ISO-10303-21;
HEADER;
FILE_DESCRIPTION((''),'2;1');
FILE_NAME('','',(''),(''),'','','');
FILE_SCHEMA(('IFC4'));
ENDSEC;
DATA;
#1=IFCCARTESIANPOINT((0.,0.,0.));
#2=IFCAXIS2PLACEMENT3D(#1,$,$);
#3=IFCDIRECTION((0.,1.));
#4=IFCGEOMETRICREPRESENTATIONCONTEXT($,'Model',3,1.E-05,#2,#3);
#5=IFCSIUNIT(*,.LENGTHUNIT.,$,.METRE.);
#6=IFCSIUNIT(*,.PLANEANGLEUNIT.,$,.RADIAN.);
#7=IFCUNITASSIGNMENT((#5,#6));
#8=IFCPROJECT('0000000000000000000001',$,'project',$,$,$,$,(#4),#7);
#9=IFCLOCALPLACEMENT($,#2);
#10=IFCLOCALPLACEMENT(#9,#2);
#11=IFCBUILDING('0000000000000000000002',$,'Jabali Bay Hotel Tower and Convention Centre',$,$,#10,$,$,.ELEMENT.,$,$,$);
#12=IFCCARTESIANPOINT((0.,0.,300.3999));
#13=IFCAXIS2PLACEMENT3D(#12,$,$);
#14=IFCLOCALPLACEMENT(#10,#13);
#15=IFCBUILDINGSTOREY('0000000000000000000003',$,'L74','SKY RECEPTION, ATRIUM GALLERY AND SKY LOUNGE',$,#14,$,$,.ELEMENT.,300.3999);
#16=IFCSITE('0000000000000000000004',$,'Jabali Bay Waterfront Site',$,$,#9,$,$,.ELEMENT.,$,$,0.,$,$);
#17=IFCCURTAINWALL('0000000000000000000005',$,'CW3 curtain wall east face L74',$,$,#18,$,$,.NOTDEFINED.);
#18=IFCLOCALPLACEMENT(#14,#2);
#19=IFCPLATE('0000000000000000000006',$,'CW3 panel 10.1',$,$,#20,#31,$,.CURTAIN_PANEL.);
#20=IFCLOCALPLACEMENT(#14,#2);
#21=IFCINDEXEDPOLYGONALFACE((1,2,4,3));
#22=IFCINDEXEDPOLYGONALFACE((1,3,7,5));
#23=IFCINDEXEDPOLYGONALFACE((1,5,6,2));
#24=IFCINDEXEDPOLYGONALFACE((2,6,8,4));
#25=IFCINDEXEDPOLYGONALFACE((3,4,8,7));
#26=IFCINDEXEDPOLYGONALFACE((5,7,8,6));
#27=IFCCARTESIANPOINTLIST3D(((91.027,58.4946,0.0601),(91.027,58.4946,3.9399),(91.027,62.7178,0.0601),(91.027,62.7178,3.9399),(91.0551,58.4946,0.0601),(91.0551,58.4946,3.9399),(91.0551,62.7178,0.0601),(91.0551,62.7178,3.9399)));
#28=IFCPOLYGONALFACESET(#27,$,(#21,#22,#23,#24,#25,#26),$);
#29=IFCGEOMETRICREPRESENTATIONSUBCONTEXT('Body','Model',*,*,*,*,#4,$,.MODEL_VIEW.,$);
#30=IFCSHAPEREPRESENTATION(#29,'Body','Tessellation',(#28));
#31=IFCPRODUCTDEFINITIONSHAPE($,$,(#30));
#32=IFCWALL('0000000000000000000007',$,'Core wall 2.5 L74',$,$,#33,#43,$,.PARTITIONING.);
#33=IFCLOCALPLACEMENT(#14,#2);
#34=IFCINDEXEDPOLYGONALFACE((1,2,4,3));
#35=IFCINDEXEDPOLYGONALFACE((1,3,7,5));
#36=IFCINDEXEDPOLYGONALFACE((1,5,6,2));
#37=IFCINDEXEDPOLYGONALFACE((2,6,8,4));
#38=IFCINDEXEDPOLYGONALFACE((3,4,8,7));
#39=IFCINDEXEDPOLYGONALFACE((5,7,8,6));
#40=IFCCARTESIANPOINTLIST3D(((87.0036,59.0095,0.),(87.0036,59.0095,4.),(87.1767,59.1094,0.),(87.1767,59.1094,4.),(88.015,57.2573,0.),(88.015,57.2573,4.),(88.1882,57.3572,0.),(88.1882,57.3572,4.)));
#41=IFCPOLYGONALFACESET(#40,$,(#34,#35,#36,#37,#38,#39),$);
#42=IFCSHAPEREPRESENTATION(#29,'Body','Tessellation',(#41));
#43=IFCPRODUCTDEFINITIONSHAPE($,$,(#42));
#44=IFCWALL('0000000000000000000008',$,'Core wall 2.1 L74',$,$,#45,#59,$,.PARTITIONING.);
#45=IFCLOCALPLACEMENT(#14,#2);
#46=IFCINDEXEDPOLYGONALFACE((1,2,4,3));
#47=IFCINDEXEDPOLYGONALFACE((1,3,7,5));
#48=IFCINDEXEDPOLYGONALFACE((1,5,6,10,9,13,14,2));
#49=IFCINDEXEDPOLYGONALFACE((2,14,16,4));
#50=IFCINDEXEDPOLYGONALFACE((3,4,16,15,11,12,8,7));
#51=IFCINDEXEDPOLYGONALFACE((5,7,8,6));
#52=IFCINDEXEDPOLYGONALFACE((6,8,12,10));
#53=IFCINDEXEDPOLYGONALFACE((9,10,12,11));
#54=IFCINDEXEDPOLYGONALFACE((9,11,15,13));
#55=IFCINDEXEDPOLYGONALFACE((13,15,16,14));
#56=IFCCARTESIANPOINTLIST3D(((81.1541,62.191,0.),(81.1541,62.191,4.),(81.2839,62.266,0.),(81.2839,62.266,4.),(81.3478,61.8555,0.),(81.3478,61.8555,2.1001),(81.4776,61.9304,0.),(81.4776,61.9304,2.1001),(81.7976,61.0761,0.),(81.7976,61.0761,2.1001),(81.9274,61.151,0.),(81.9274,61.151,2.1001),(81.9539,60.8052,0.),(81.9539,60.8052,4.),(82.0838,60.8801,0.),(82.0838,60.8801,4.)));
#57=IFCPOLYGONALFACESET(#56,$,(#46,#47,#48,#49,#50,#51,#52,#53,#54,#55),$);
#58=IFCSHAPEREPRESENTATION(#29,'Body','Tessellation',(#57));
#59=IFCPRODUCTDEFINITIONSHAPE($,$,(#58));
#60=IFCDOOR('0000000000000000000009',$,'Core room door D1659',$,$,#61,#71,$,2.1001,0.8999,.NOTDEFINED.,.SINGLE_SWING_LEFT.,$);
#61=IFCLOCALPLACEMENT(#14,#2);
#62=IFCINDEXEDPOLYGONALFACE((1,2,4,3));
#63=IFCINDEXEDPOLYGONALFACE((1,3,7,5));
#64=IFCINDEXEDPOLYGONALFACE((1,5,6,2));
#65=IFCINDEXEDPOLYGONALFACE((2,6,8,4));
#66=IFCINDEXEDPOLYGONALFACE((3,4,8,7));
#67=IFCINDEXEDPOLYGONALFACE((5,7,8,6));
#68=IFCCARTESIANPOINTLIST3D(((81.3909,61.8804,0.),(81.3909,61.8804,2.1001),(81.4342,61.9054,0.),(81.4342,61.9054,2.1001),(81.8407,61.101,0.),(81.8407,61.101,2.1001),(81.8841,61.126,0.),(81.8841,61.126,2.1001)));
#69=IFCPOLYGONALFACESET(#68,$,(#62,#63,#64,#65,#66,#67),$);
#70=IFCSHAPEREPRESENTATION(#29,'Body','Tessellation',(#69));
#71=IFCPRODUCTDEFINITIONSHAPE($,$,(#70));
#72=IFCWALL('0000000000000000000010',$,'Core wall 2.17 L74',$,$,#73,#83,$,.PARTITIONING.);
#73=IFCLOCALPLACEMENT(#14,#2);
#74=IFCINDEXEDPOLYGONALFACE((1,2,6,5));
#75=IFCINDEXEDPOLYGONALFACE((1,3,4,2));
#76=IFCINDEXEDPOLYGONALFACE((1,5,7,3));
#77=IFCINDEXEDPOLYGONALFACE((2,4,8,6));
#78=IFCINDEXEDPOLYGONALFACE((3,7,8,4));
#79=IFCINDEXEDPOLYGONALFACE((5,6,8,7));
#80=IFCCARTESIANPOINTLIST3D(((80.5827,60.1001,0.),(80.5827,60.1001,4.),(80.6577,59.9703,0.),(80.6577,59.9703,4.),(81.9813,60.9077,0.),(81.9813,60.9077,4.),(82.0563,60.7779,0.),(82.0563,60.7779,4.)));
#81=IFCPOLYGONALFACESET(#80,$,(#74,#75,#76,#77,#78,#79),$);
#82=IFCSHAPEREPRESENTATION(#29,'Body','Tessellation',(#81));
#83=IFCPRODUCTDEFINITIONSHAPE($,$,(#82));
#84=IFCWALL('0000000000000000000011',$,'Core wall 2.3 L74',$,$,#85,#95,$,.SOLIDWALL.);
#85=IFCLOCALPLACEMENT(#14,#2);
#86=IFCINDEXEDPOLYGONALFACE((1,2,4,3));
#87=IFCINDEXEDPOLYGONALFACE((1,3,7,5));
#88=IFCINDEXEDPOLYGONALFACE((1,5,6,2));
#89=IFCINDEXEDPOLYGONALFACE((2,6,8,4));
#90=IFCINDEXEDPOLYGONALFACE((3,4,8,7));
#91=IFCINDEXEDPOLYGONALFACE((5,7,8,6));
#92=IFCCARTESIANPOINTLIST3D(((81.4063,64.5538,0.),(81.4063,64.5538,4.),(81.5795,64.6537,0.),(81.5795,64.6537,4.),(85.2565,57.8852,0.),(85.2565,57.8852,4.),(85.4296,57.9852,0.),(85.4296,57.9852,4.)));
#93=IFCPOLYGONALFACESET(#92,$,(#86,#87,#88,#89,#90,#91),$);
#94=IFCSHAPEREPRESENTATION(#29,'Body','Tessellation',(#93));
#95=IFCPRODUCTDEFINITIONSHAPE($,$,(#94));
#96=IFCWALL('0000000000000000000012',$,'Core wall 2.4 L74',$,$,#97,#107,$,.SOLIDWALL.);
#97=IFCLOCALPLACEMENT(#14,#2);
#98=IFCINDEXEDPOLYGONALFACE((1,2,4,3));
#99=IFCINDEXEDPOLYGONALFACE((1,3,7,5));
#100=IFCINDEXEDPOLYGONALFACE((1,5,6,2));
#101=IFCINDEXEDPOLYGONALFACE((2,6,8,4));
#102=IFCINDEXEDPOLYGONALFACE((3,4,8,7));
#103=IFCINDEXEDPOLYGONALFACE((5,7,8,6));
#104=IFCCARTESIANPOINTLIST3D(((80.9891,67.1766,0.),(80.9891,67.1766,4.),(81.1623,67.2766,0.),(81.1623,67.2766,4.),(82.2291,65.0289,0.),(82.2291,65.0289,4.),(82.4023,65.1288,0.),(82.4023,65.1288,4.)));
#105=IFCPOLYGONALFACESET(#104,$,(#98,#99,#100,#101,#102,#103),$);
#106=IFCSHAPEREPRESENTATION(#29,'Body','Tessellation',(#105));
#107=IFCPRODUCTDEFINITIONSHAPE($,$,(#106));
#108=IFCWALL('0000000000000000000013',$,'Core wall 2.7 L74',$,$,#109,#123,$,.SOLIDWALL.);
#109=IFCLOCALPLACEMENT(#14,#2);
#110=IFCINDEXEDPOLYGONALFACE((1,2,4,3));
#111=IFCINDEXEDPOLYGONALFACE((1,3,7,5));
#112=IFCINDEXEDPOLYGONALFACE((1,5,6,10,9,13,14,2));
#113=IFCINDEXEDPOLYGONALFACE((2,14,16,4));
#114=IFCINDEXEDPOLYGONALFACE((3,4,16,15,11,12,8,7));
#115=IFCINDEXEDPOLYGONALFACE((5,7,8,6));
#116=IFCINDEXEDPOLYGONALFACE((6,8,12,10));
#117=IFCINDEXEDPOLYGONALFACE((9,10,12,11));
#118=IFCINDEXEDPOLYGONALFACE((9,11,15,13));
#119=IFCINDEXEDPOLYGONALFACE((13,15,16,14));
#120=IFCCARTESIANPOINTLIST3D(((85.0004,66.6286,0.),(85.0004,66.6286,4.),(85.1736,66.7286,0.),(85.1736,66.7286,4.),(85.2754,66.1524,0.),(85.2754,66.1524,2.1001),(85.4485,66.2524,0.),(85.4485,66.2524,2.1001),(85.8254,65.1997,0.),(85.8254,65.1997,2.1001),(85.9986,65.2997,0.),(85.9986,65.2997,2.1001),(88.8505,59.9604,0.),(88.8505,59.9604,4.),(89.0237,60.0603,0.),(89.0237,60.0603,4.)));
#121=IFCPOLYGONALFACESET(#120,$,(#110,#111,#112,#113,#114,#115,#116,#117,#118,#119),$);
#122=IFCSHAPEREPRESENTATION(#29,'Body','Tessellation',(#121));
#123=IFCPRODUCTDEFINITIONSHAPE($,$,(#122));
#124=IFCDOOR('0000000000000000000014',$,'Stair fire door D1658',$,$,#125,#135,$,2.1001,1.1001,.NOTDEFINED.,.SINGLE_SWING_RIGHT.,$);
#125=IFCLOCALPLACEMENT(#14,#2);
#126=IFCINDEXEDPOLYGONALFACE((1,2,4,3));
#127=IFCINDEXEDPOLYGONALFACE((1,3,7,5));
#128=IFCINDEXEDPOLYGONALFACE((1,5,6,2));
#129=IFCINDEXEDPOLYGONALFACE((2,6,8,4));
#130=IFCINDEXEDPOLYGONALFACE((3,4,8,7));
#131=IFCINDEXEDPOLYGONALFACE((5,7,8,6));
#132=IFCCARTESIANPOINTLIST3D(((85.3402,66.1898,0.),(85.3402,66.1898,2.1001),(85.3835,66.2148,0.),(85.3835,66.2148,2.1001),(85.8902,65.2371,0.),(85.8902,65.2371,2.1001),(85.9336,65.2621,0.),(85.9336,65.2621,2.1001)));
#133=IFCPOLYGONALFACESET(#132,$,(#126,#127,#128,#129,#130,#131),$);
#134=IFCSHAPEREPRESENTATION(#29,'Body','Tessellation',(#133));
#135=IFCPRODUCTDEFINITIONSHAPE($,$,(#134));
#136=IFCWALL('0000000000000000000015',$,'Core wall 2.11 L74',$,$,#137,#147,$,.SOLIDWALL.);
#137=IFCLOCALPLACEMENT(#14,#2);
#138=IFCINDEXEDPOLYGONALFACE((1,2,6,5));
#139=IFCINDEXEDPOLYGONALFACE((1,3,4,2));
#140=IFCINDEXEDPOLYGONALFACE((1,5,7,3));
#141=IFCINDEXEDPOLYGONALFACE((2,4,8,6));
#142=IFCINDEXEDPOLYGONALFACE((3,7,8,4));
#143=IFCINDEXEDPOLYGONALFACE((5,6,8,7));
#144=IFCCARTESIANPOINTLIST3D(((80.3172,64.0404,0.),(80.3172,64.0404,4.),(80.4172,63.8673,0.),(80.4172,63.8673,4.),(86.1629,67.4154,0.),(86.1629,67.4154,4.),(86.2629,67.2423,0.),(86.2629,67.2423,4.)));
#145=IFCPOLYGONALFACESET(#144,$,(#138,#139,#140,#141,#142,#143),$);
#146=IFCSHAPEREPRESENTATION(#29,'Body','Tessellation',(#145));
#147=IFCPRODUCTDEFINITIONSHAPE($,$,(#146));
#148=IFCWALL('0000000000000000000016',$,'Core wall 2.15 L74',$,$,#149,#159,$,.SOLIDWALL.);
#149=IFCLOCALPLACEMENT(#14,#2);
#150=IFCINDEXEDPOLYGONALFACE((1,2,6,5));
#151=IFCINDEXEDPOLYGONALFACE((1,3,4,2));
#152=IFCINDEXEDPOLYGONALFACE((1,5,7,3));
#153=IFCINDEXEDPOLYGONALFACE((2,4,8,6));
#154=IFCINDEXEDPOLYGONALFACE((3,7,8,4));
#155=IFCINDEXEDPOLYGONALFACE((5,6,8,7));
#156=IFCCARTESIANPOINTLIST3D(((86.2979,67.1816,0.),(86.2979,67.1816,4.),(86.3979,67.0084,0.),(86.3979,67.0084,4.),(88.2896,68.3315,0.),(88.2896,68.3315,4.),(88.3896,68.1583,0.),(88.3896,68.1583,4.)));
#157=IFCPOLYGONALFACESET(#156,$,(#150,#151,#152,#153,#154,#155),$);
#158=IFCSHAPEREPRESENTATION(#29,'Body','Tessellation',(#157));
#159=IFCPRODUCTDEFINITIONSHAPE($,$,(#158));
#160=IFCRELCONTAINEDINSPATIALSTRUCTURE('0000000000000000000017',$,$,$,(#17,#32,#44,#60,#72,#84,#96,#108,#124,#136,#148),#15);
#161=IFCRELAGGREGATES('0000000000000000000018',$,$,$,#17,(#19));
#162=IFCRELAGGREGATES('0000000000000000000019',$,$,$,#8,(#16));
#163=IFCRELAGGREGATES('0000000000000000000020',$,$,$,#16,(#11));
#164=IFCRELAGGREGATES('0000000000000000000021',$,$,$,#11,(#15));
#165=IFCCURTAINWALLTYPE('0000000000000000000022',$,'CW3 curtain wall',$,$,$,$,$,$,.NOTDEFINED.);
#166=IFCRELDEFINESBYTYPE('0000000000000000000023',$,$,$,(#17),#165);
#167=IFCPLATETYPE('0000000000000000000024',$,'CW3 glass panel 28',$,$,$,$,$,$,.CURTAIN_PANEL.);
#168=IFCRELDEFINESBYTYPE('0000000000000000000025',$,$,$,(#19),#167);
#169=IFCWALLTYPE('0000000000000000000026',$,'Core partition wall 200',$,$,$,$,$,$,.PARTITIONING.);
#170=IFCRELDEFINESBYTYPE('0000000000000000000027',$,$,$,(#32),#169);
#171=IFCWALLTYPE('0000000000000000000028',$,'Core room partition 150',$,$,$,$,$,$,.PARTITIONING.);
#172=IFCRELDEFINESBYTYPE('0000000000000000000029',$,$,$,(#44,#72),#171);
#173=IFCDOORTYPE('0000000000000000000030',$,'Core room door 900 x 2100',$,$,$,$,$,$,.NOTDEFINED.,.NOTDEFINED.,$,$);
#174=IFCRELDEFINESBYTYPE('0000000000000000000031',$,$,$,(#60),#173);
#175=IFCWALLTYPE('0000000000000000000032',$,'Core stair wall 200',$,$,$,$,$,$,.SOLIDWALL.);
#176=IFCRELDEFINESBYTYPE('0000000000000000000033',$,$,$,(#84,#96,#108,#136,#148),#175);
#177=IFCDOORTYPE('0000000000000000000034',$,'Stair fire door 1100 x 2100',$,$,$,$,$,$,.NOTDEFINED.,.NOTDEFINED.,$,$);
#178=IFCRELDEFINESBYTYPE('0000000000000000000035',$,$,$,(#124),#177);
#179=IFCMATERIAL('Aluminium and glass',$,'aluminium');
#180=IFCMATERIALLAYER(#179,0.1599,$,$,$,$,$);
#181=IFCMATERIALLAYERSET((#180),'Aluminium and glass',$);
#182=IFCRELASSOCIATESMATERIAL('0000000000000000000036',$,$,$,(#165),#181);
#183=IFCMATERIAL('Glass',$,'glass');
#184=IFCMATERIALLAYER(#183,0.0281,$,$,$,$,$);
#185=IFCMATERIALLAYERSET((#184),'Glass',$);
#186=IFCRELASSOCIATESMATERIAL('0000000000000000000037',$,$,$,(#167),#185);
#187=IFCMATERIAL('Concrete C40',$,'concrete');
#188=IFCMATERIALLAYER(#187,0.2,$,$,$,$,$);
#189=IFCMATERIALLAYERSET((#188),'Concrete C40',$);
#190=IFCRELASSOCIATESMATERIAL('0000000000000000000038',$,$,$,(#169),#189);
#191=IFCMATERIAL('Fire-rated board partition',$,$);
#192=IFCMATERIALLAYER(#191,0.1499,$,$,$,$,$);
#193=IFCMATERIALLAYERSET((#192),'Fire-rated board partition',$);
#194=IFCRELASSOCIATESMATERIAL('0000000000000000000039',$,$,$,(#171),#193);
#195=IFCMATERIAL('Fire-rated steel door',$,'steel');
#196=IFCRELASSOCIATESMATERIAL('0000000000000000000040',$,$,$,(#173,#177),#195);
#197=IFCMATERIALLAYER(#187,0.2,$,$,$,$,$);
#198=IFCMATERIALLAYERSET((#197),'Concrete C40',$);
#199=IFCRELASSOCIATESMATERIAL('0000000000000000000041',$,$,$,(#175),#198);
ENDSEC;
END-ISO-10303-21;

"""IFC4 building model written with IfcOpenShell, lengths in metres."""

from ifc_helpers import new_model, si_unit, direction, frame, frame_2d, origin, origin_2d, place, context, subcontext, project, spatial, rectangle, extrude, material, layer, layer_set, type_object, element, fill, aggregate, save


model = new_model("IFC4")

# Units and contexts
model_context = context("Model", 3, precision=1e-05, world=origin(), true_north=direction((0.0, 1.0)))
body_context = subcontext(model_context, "Body", "Model", "MODEL_VIEW")
ifc_project = project(units=[si_unit("LENGTHUNIT", "METRE"), si_unit("PLANEANGLEUNIT", "RADIAN")], contexts=[model_context])

# Site, building, storey
site_placement = place(None, origin())
site = spatial("IfcSite", under=ifc_project, at=site_placement, Name="Jabali Bay Waterfront Site", CompositionType="ELEMENT", RefElevation=0.0)
building_placement = place(site_placement, origin())
building = spatial("IfcBuilding", under=site, at=building_placement, Name="Jabali Bay Hotel Tower and Convention Centre", CompositionType="ELEMENT")
storey_placement = place(building_placement, frame((0.0, 0.0, 300.3999)))
storey = spatial("IfcBuildingStorey", under=building, at=storey_placement, Name="L74", Description="SKY RECEPTION, ATRIUM GALLERY AND SKY LOUNGE", CompositionType="ELEMENT", Elevation=300.3999)

# Curtain wall, plate
ifc_material_1 = material(Name="Aluminium and glass", Category="aluminium")
ifc_layer_1 = layer(ifc_material_1, 0.1599)
ifc_layer_set_1 = layer_set([ifc_layer_1], Name="Aluminium and glass")
curtain_wall_type = type_object("IfcCurtainWallType", Name="CW3 curtain wall", PredefinedType="NOTDEFINED", material=ifc_layer_set_1)
curtain_wall_placement = place(storey_placement, origin())
curtain_wall = element("IfcCurtainWall", 1, at=curtain_wall_placement, inside=storey, type_object=curtain_wall_type, Name="CW3 curtain wall east face L74", PredefinedType="NOTDEFINED")
ifc_material_2 = material(Name="Glass", Category="glass")
ifc_layer_2 = layer(ifc_material_2, 0.0281)
ifc_layer_set_2 = layer_set([ifc_layer_2], Name="Glass")
plate_type = type_object("IfcPlateType", Name="CW3 glass panel 28", PredefinedType="CURTAIN_PANEL", material=ifc_layer_set_2)
plate_1_placement = place(storey_placement, frame((91.041, 60.6062, 0.0601), z_axis=(0.0, 0.0, 1.0), x_axis=(0.0, -1.0, 0.0)))
plate_1 = element("IfcPlate", 2, at=plate_1_placement, type_object=plate_type, Name="CW3 panel 10.1", PredefinedType="CURTAIN_PANEL", context=body_context, shape_type="SweptSolid", body=[
    extrude(rectangle(XDim=4.2231, YDim=0.0281, at=origin_2d()), origin(), (0.0, 0.0, 1.0), 3.8799),
])
aggregate(curtain_wall, [plate_1])

# Wall
ifc_material_3 = material(Name="Concrete C40", Category="concrete")
ifc_layer_3 = layer(ifc_material_3, 0.2)
ifc_layer_set_3 = layer_set([ifc_layer_3], Name="Concrete C40")
wall_type_1 = type_object("IfcWallType", Name="Core partition wall 200", PredefinedType="PARTITIONING", material=ifc_layer_set_3)
wall_1_placement = place(storey_placement, frame((87.0901, 59.0596, 0.0), z_axis=(0.0, 0.0, 1.0), x_axis=(0.499942, -0.866059, 0.0)))
element("IfcWall", 3, at=wall_1_placement, inside=storey, type_object=wall_type_1, Name="Core wall 2.5 L74", PredefinedType="PARTITIONING", context=body_context, shape_type="SweptSolid", body=[
    extrude(rectangle(XDim=2.0232, YDim=0.2, at=frame_2d((1.0117, 0.0))), origin(), (0.0, 0.0, 1.0), 4.0),
])

# Wall, opening, door
ifc_material_4 = material(Name="Fire-rated board partition")
ifc_layer_4 = layer(ifc_material_4, 0.1499)
ifc_layer_set_4 = layer_set([ifc_layer_4], Name="Fire-rated board partition")
wall_type_2 = type_object("IfcWallType", Name="Core room partition 150", PredefinedType="PARTITIONING", material=ifc_layer_set_4)
wall_2_placement = place(storey_placement, frame((81.219, 62.2285, 0.0), z_axis=(0.0, 0.0, 1.0), x_axis=(0.499881, -0.866094, 0.0)))
wall_2 = element("IfcWall", 4, at=wall_2_placement, inside=storey, type_object=wall_type_2, Name="Core wall 2.1 L74", PredefinedType="PARTITIONING", context=body_context, shape_type="SweptSolid", body=[
    extrude(rectangle(XDim=1.6001, YDim=0.1499, at=frame_2d((0.8, 0.0))), origin(), (0.0, 0.0, 1.0), 4.0),
])
opening_1_placement = place(wall_2_placement, frame((0.3875, 0.0, 0.0)))
opening_1 = element("IfcOpeningElement", 5, at=opening_1_placement, cuts=wall_2, PredefinedType="OPENING", context=body_context, shape_type="SweptSolid", body=[
    extrude(rectangle(XDim=0.8999, YDim=2.1001, at=frame_2d((0.45, 1.05))), frame((0.0, 0.0854, 0.0), z_axis=(0.0, -1.0, 0.0), x_axis=(1.0, 0.0, 0.0)), (0.0, 0.0, 1.0), 0.1709),
])
ifc_material_5 = material(Name="Fire-rated steel door", Category="steel")
door_type_1 = type_object("IfcDoorType", Name="Core room door 900 x 2100", OperationType="NOTDEFINED", PredefinedType="NOTDEFINED", material=ifc_material_5)
door_1_placement = place(opening_1_placement, origin())
door_1 = element("IfcDoor", 6, at=door_1_placement, inside=storey, type_object=door_type_1, Name="Core room door D1659", OperationType="SINGLE_SWING_LEFT", OverallHeight=2.1001, OverallWidth=0.8999, PredefinedType="NOTDEFINED", context=body_context, shape_type="SweptSolid", body=[
    extrude(rectangle(XDim=0.8999, YDim=2.1001, at=frame_2d((0.45, 1.05))), frame((0.0, 0.0249, 0.0), z_axis=(0.0, -1.0, 0.0), x_axis=(1.0, 0.0, 0.0)), (0.0, 0.0, 1.0), 0.05),
])
fill(opening_1, door_1)

# Walls
wall_3_placement = place(storey_placement, frame((80.6201, 60.0352, 0.0), z_axis=(0.0, 0.0, 1.0), x_axis=(0.866002, 0.500041, 0.0)))
element("IfcWall", 7, at=wall_3_placement, inside=storey, type_object=wall_type_2, Name="Core wall 2.17 L74", PredefinedType="PARTITIONING", context=body_context, shape_type="SweptSolid", body=[
    extrude(rectangle(XDim=1.615, YDim=0.1499, at=frame_2d((0.8076, 0.0))), origin(), (0.0, 0.0, 1.0), 4.0),
])
ifc_layer_5 = layer(ifc_material_3, 0.2)
ifc_layer_set_5 = layer_set([ifc_layer_5], Name="Concrete C40")
wall_type_3 = type_object("IfcWallType", Name="Core stair wall 200", PredefinedType="SOLIDWALL", material=ifc_layer_set_5)
wall_4_placement = place(storey_placement, frame((81.4929, 64.6038, 0.0), z_axis=(0.0, 0.0, 1.0), x_axis=(0.500006, -0.866022, 0.0)))
element("IfcWall", 8, at=wall_4_placement, inside=storey, type_object=wall_type_3, Name="Core wall 2.3 L74", PredefinedType="SOLIDWALL", context=body_context, shape_type="SweptSolid", body=[
    extrude(rectangle(XDim=7.7002, YDim=0.2, at=frame_2d((3.8501, 0.0))), origin(), (0.0, 0.0, 1.0), 4.0),
])
wall_5_placement = place(storey_placement, frame((81.0757, 67.2266, 0.0), z_axis=(0.0, 0.0, 1.0), x_axis=(0.500004, -0.866023, 0.0)))
element("IfcWall", 9, at=wall_5_placement, inside=storey, type_object=wall_type_3, Name="Core wall 2.4 L74", PredefinedType="SOLIDWALL", context=body_context, shape_type="SweptSolid", body=[
    extrude(rectangle(XDim=2.48, YDim=0.2, at=frame_2d((1.24, 0.0))), origin(), (0.0, 0.0, 1.0), 4.0),
])

# Wall, opening, door
wall_6_placement = place(storey_placement, frame((85.0869, 66.6787, 0.0), z_axis=(0.0, 0.0, 1.0), x_axis=(0.50002, -0.866014, 0.0)))
wall_6 = element("IfcWall", 10, at=wall_6_placement, inside=storey, type_object=wall_type_3, Name="Core wall 2.7 L74", PredefinedType="SOLIDWALL", context=body_context, shape_type="SweptSolid", body=[
    extrude(rectangle(XDim=7.7, YDim=0.2, at=frame_2d((3.8501, 0.0))), origin(), (0.0, 0.0, 1.0), 4.0),
])
opening_2_placement = place(wall_6_placement, frame((0.55, 0.0, 0.0)))
opening_2 = element("IfcOpeningElement", 11, at=opening_2_placement, cuts=wall_6, PredefinedType="OPENING", context=body_context, shape_type="SweptSolid", body=[
    extrude(rectangle(XDim=1.1001, YDim=2.1001, at=frame_2d((0.55, 1.05))), frame((0.0, 0.1104, 0.0), z_axis=(0.0, -1.0, 0.0), x_axis=(1.0, 0.0, 0.0)), (0.0, 0.0, 1.0), 0.2209),
])
door_type_2 = type_object("IfcDoorType", Name="Stair fire door 1100 x 2100", OperationType="NOTDEFINED", PredefinedType="NOTDEFINED", material=ifc_material_5)
door_2_placement = place(opening_2_placement, origin())
door_2 = element("IfcDoor", 12, at=door_2_placement, inside=storey, type_object=door_type_2, Name="Stair fire door D1658", OperationType="SINGLE_SWING_RIGHT", OverallHeight=2.1001, OverallWidth=1.1001, PredefinedType="NOTDEFINED", context=body_context, shape_type="SweptSolid", body=[
    extrude(rectangle(XDim=1.1001, YDim=2.1001, at=frame_2d((0.55, 1.05))), frame((0.0, 0.0249, 0.0), z_axis=(0.0, -1.0, 0.0), x_axis=(1.0, 0.0, 0.0)), (0.0, 0.0, 1.0), 0.05),
])
fill(opening_2, door_2)

# Walls
wall_7_placement = place(storey_placement, frame((80.3672, 63.9539, 0.0), z_axis=(0.0, 0.0, 1.0), x_axis=(0.866027, 0.499998, 0.0)))
element("IfcWall", 13, at=wall_7_placement, inside=storey, type_object=wall_type_3, Name="Core wall 2.11 L74", PredefinedType="SOLIDWALL", context=body_context, shape_type="SweptSolid", body=[
    extrude(rectangle(XDim=6.75, YDim=0.2, at=frame_2d((3.375, 0.0))), origin(), (0.0, 0.0, 1.0), 4.0),
])
wall_8_placement = place(storey_placement, frame((86.3479, 67.095, 0.0), z_axis=(0.0, 0.0, 1.0), x_axis=(0.866026, 0.499998, 0.0)))
element("IfcWall", 14, at=wall_8_placement, inside=storey, type_object=wall_type_3, Name="Core wall 2.15 L74", PredefinedType="SOLIDWALL", context=body_context, shape_type="SweptSolid", body=[
    extrude(rectangle(XDim=2.2998, YDim=0.2, at=frame_2d((1.1499, 0.0))), origin(), (0.0, 0.0, 1.0), 4.0),
])

save(model, "model.ifc")
